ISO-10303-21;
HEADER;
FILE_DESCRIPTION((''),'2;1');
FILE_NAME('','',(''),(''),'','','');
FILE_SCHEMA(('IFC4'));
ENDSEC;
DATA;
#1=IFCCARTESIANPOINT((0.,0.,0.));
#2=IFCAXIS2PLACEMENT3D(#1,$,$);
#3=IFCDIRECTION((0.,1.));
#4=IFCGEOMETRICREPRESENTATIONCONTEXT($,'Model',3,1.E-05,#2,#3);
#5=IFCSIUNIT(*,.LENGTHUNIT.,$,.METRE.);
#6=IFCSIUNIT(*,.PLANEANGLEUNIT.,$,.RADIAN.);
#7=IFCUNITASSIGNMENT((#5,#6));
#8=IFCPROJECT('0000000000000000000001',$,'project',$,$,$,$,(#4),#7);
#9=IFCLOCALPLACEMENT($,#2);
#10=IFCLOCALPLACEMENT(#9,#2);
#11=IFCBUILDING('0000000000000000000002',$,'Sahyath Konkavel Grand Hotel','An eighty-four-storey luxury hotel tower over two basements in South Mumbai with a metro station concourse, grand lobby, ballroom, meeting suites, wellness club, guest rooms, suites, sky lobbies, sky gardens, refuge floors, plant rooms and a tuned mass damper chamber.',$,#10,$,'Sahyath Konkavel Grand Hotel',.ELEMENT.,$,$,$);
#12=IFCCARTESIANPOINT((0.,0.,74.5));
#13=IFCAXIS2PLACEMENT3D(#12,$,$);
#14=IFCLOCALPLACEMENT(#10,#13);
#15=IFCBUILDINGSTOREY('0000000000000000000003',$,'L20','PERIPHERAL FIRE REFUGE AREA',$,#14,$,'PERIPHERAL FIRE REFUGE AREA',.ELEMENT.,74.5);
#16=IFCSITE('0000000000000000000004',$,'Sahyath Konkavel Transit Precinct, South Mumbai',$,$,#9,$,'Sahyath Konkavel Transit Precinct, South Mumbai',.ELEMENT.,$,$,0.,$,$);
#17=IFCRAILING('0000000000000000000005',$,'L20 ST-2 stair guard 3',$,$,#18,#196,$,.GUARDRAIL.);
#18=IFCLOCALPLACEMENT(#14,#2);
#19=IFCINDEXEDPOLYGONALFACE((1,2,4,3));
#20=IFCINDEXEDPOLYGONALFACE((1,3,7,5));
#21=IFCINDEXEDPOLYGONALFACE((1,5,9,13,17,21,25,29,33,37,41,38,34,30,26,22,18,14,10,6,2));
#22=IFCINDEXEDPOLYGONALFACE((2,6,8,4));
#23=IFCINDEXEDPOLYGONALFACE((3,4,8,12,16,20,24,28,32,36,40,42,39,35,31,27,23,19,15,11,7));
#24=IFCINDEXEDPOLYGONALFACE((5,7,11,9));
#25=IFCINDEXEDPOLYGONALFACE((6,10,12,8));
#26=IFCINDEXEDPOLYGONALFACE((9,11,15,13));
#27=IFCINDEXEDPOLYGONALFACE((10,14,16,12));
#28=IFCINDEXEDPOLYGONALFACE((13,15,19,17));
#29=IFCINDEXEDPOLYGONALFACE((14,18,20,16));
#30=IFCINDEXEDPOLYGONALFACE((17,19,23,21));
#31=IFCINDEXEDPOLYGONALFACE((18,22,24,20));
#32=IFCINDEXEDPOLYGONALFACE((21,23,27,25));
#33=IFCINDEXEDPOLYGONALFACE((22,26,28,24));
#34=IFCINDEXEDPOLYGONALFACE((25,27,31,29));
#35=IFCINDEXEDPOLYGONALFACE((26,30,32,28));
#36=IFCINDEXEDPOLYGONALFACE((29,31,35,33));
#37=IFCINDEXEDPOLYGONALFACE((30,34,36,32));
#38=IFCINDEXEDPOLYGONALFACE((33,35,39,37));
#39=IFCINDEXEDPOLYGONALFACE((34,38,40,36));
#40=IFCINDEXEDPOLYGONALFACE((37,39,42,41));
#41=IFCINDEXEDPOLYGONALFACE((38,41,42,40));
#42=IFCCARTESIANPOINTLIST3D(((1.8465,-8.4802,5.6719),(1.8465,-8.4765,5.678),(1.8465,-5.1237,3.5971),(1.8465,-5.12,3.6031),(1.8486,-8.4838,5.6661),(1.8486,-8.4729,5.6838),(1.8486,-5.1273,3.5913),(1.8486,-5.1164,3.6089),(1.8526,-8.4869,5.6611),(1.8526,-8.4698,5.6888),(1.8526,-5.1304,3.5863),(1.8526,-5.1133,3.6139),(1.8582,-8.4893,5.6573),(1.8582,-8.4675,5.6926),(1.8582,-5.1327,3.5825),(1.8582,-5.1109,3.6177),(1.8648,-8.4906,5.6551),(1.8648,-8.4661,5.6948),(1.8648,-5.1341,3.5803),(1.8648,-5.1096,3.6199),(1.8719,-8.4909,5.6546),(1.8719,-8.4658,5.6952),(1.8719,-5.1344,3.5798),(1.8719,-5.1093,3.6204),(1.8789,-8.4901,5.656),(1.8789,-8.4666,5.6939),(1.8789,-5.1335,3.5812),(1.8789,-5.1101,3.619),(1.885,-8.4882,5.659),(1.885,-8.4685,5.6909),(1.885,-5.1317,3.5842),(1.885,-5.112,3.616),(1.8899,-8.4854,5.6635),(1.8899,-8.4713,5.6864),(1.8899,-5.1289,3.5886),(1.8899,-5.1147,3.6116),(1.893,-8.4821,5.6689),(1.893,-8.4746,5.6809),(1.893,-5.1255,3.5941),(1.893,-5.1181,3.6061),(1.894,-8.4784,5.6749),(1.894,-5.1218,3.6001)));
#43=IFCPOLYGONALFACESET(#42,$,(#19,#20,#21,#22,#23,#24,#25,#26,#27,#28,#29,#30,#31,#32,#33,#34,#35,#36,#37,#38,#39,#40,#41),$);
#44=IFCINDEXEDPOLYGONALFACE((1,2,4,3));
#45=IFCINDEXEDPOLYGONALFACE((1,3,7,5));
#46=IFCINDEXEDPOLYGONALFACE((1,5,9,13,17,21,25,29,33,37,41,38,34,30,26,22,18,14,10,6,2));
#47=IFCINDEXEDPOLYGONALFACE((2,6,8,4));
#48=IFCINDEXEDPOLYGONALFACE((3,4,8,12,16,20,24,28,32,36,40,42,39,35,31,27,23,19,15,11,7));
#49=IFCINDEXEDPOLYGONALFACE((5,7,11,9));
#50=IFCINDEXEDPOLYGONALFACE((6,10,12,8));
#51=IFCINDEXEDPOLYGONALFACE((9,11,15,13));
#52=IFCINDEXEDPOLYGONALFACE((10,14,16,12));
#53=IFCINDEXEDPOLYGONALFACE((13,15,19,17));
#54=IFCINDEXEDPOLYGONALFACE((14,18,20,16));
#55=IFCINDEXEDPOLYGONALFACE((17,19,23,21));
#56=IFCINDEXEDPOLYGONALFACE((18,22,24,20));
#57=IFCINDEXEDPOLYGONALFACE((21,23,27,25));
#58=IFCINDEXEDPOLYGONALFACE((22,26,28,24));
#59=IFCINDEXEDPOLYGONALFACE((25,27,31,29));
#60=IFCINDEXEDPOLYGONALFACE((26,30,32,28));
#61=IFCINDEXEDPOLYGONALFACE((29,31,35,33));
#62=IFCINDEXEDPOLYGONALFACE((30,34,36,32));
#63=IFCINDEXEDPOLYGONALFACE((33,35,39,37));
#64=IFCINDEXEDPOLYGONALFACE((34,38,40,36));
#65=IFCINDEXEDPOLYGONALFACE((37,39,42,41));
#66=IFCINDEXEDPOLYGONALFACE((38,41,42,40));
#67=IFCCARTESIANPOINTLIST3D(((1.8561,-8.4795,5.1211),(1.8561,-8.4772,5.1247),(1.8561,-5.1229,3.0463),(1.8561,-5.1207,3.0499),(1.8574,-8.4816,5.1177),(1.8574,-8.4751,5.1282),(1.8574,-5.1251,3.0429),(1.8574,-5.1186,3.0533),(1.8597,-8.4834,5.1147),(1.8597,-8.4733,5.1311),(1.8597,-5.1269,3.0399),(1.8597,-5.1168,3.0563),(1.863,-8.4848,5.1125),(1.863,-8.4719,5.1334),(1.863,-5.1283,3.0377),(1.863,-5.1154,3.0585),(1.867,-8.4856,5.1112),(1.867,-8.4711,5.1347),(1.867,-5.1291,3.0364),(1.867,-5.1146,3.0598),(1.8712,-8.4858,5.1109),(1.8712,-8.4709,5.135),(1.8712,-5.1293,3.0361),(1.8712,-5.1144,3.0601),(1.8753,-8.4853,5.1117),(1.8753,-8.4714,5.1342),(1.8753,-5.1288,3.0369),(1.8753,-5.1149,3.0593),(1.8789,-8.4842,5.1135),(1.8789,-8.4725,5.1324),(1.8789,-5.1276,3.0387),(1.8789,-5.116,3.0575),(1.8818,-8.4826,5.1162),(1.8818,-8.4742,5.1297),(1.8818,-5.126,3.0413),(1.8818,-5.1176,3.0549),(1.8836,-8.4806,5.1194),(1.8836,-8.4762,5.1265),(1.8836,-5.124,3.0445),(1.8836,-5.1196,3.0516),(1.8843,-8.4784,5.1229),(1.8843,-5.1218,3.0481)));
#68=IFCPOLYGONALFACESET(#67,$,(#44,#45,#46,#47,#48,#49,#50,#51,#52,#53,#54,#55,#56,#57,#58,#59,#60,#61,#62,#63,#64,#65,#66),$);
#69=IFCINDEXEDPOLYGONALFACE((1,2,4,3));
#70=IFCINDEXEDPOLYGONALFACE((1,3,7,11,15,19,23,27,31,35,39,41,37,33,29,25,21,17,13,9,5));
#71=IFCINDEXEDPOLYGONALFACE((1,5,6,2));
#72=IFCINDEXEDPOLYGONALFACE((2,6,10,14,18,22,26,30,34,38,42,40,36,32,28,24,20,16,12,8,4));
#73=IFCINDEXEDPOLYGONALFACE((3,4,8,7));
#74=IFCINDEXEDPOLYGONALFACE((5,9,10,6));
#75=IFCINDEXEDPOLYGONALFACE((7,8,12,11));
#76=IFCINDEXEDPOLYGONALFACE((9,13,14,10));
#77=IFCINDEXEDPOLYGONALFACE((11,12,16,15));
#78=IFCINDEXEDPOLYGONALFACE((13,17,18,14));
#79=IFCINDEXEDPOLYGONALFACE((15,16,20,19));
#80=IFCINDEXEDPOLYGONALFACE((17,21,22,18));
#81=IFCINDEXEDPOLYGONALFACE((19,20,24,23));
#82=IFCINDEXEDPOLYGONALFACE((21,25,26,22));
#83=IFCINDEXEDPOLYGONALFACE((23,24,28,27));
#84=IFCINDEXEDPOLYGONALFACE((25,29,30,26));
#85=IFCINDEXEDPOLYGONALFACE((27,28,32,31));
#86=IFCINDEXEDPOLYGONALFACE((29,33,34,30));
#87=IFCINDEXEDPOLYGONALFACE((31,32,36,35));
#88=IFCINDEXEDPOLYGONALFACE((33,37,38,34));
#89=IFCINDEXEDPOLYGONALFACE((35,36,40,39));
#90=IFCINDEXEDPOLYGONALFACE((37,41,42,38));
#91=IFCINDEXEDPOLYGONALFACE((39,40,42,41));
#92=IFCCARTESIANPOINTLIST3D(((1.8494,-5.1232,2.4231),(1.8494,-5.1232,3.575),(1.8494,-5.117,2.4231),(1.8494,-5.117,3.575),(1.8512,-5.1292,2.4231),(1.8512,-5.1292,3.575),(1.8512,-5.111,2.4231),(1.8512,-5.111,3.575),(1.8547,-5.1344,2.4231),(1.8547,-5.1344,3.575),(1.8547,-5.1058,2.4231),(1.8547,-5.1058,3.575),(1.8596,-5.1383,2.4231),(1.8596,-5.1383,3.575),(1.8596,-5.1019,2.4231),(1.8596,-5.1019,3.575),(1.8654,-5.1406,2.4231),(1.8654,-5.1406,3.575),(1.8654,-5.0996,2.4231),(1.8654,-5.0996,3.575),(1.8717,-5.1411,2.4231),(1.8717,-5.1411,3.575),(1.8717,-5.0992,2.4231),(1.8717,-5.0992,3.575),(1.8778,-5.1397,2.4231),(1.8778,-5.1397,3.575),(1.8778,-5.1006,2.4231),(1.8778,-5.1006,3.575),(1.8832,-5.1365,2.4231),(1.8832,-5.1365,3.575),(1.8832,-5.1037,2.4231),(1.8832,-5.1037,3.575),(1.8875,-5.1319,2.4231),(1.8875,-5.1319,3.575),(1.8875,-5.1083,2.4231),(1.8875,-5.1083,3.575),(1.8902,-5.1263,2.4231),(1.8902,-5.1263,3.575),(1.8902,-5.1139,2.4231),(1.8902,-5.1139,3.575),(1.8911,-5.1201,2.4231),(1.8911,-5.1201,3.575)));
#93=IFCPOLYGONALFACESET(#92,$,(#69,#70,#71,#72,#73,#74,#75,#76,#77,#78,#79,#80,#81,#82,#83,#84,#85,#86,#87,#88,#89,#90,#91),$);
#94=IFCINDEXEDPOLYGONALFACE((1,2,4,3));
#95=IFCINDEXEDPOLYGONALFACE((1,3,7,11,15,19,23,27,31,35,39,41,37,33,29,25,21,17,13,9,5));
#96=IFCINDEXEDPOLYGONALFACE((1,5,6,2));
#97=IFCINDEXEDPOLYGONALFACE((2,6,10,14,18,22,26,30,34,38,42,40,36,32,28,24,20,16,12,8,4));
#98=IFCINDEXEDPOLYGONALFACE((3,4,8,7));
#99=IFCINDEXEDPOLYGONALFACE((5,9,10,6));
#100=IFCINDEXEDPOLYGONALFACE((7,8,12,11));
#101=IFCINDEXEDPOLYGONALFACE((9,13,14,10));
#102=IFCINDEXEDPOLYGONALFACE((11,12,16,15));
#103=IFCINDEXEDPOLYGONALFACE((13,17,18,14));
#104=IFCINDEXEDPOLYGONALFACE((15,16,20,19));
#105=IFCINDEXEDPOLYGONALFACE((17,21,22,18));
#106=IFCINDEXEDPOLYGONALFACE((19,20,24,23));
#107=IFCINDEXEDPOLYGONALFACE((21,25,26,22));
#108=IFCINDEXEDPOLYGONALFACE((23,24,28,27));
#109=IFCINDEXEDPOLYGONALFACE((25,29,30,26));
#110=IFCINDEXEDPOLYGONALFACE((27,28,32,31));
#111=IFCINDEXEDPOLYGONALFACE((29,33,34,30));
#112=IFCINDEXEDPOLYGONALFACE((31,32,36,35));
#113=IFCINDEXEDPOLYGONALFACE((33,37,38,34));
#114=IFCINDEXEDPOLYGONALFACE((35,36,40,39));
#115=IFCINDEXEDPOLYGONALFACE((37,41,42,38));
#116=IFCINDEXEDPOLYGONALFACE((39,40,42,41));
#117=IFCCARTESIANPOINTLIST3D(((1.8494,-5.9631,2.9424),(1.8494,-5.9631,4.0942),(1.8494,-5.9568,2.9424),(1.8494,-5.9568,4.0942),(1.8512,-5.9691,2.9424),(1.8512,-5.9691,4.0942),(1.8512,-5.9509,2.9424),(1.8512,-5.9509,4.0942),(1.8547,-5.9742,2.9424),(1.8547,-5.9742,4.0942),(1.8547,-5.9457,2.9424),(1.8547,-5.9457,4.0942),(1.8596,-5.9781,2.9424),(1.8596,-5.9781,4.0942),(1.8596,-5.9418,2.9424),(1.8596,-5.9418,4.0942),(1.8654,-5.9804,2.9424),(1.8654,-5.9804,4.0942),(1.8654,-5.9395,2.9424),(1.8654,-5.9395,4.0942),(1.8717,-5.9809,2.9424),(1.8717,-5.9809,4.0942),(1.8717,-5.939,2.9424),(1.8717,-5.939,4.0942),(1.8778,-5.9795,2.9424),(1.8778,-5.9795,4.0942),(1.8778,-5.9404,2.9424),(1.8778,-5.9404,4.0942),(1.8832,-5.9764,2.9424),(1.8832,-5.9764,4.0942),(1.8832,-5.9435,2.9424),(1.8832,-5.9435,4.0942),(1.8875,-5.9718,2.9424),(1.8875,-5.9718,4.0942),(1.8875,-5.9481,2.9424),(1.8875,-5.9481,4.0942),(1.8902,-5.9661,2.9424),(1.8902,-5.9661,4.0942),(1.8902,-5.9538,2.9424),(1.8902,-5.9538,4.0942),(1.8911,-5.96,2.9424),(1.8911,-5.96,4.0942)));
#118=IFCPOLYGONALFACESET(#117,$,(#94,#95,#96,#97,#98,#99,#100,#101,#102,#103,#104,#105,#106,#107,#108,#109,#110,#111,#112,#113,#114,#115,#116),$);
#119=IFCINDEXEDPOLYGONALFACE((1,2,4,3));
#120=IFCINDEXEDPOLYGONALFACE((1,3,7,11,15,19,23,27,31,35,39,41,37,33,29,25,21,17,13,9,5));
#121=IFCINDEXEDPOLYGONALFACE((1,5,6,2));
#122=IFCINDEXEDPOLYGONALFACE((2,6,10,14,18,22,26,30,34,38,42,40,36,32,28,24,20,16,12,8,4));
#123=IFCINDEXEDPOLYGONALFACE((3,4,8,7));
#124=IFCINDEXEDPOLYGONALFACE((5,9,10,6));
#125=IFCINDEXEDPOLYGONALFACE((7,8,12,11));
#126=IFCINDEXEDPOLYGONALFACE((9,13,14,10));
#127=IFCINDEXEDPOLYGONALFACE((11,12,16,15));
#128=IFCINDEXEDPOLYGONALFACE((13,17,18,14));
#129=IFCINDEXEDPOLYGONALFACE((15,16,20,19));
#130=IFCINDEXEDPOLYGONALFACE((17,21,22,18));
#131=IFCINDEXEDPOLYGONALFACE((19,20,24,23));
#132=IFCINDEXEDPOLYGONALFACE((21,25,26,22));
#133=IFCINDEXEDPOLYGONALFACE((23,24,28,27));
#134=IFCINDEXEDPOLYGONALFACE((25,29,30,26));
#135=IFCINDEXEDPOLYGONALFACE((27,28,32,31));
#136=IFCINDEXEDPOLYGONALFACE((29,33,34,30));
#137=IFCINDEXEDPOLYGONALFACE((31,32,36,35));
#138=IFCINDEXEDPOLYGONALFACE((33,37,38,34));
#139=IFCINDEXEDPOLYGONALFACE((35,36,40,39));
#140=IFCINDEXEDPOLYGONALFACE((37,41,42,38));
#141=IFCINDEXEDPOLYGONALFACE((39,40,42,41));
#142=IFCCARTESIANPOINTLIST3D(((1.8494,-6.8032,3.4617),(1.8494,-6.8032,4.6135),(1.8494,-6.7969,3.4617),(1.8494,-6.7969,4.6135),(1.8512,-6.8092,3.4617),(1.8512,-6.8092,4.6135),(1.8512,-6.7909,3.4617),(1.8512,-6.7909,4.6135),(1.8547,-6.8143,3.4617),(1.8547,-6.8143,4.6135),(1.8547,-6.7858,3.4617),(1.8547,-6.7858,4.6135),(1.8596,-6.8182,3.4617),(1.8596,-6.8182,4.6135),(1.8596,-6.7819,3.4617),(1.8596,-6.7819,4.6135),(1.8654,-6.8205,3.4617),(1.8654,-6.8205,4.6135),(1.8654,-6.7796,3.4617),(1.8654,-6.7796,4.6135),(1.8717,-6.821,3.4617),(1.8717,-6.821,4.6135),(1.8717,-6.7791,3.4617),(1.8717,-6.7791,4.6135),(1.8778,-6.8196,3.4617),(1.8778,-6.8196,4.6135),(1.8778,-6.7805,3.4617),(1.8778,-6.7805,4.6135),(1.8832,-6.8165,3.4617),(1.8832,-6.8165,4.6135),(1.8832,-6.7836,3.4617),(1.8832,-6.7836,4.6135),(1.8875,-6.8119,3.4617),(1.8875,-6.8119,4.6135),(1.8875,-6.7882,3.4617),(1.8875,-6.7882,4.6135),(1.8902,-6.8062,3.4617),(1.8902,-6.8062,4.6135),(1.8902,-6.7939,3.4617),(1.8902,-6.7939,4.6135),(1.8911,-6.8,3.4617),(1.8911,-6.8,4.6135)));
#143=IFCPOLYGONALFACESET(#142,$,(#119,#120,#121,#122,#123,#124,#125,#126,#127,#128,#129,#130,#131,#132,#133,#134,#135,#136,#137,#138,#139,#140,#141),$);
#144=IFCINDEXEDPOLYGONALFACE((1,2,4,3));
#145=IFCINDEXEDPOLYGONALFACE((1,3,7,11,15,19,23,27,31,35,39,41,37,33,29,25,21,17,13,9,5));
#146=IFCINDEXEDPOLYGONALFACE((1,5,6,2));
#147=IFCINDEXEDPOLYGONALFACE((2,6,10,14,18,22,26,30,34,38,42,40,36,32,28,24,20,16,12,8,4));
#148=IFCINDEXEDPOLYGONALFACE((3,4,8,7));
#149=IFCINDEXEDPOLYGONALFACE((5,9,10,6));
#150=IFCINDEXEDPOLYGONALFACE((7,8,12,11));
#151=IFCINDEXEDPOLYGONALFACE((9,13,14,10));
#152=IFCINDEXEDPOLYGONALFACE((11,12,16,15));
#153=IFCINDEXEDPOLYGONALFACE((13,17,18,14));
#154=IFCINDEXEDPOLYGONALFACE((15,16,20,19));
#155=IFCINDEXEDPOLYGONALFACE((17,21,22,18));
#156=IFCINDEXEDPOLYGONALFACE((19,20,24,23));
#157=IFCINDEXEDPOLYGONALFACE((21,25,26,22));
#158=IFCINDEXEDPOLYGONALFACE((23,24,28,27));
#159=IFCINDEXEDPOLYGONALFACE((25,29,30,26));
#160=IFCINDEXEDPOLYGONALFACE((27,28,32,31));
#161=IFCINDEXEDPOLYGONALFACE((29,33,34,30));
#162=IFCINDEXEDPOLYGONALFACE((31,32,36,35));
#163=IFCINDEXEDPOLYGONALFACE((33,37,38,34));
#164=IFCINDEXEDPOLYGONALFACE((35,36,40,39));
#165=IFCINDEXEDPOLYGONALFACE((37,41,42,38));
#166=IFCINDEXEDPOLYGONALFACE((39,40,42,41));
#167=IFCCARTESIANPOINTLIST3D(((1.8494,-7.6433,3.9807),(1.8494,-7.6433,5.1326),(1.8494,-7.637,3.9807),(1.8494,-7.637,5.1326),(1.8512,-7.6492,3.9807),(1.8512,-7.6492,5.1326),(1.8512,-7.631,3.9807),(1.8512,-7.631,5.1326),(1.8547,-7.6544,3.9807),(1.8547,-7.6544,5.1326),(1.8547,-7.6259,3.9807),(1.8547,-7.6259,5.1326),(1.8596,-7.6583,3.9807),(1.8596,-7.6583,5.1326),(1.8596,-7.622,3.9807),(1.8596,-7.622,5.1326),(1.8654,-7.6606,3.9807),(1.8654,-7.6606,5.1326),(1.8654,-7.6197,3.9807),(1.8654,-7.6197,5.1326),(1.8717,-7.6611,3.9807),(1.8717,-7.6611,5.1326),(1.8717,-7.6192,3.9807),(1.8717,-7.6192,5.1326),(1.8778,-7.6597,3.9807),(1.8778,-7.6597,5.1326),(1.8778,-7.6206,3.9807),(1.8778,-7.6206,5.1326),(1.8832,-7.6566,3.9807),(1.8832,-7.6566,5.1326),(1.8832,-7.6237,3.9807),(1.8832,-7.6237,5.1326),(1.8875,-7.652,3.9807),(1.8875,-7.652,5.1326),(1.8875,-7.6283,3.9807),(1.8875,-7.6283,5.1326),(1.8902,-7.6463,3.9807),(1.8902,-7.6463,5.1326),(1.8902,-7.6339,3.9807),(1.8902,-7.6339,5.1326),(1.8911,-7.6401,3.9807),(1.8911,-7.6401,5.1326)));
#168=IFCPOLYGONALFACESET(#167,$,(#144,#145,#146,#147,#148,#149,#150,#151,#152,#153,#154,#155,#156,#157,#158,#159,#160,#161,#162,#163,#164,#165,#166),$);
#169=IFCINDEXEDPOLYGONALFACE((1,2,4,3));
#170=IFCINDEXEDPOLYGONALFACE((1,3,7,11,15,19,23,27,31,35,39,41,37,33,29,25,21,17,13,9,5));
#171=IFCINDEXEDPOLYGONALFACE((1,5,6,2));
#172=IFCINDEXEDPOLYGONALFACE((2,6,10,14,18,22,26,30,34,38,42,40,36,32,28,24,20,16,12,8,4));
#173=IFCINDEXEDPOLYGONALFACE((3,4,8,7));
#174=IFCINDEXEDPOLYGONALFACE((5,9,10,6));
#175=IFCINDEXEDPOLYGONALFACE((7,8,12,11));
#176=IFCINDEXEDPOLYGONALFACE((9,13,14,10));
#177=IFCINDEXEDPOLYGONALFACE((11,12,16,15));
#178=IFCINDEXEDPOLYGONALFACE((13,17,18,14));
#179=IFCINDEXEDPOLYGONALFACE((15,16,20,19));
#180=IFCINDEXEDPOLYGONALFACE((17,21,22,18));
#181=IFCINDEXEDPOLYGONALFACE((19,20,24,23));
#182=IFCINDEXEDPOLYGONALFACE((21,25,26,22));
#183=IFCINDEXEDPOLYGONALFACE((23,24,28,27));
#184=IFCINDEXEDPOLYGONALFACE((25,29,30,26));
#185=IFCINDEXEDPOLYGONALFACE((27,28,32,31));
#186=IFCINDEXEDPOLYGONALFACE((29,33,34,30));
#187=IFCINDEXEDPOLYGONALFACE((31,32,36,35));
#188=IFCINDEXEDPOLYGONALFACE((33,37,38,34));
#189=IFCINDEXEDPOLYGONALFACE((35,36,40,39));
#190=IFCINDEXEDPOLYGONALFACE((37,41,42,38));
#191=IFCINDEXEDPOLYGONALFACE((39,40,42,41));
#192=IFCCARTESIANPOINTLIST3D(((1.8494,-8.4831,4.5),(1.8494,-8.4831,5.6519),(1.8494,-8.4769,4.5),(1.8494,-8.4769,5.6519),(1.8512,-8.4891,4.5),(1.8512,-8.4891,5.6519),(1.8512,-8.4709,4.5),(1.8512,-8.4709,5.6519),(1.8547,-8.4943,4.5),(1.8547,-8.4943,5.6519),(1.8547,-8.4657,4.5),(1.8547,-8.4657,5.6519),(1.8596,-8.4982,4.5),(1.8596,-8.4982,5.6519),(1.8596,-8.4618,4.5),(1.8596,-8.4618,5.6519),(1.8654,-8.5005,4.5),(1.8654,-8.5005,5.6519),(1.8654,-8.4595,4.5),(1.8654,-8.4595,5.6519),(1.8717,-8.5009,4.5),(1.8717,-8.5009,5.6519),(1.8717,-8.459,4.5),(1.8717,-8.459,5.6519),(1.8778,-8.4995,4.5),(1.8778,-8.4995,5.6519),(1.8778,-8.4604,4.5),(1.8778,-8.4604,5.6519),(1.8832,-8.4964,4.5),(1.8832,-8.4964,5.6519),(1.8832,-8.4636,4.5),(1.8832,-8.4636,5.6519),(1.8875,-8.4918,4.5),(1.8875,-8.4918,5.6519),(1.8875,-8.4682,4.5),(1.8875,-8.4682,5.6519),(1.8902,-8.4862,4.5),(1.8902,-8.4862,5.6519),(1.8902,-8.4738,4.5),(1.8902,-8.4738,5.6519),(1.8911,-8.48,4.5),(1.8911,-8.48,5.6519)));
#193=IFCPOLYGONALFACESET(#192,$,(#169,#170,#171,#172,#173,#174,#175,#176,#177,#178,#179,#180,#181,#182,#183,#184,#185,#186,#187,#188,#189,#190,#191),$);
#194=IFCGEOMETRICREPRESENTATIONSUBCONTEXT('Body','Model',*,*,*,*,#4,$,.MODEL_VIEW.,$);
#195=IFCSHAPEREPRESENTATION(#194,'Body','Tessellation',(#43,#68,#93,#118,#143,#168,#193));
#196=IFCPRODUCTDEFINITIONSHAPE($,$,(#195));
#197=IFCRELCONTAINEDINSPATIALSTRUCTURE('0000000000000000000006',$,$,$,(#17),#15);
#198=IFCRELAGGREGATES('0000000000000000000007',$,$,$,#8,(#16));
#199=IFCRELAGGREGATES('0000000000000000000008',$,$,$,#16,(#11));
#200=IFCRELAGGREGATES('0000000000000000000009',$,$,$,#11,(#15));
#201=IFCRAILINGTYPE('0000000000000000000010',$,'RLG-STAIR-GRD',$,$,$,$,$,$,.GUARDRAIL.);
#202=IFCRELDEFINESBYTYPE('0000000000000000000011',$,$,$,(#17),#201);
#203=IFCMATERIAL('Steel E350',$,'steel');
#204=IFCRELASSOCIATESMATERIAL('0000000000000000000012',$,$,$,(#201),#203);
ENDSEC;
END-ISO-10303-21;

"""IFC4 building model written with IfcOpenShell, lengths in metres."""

from ifc_helpers import new_model, si_unit, direction, frame, origin, origin_2d, place, context, subcontext, project, spatial, circle, extrude, material, type_object, element, save


model = new_model("IFC4")

# Units and contexts
model_context = context("Model", 3, precision=1e-05, world=origin(), true_north=direction((0.0, 1.0)))
body_context = subcontext(model_context, "Body", "Model", "MODEL_VIEW")
ifc_project = project(units=[si_unit("LENGTHUNIT", "METRE"), si_unit("PLANEANGLEUNIT", "RADIAN")], contexts=[model_context])

# Site, building, storey
site_placement = place(None, origin())
site = spatial("IfcSite", under=ifc_project, at=site_placement, Name="Sahyath Konkavel Transit Precinct, South Mumbai", LongName="Sahyath Konkavel Transit Precinct, South Mumbai", CompositionType="ELEMENT", RefElevation=0.0)
building_placement = place(site_placement, origin())
building = spatial("IfcBuilding", under=site, at=building_placement, Name="Sahyath Konkavel Grand Hotel", Description="An eighty-four-storey luxury hotel tower over two basements in South Mumbai with a metro station concourse, grand lobby, ballroom, meeting suites, wellness club, guest rooms, suites, sky lobbies, sky gardens, refuge floors, plant rooms and a tuned mass damper chamber.", LongName="Sahyath Konkavel Grand Hotel", CompositionType="ELEMENT")
storey_placement = place(building_placement, frame((0.0, 0.0, 74.5)))
storey = spatial("IfcBuildingStorey", under=building, at=storey_placement, Name="L20", Description="PERIPHERAL FIRE REFUGE AREA", LongName="PERIPHERAL FIRE REFUGE AREA", CompositionType="ELEMENT", Elevation=74.5)

# Shared definitions
ifc_material_1 = material(Name="Steel E350", Category="steel")

# Railing
railing_type_1 = type_object("IfcRailingType", Name="RLG-STAIR-GRD", PredefinedType="GUARDRAIL", material=ifc_material_1)
railing_1_placement = place(storey_placement, frame((1.8701, -5.1201, 2.4231)))
element("IfcRailing", 1, at=railing_1_placement, inside=storey, type_object=railing_type_1, Name="L20 ST-2 stair guard 3", PredefinedType="GUARDRAIL", context=body_context, shape_type="SweptSolid", body=[
    extrude(circle(Radius=0.0239, at=origin_2d()), frame((0.0, -0.0017, 1.177), z_axis=(0.0, -0.850606, 0.525803), x_axis=(1.0, 0.0, 0.0)), (0.0, 0.0, 1.0), 3.946),
    extrude(circle(Radius=0.0142, at=origin_2d()), frame((0.0, -0.0017, 0.625), z_axis=(0.0, -0.850606, 0.525803), x_axis=(1.0, 0.0, 0.0)), (0.0, 0.0, 1.0), 3.946),
    extrude(circle(Radius=0.021, at=origin_2d()), origin(), (0.0, 0.0, 1.0), 1.1519),
    extrude(circle(Radius=0.021, at=origin_2d()), frame((0.0, -0.8398, 0.5193)), (0.0, 0.0, 1.0), 1.1519),
    extrude(circle(Radius=0.021, at=origin_2d()), frame((0.0, -1.6799, 1.0386)), (0.0, 0.0, 1.0), 1.1519),
    extrude(circle(Radius=0.021, at=origin_2d()), frame((0.0, -2.52, 1.5576)), (0.0, 0.0, 1.0), 1.1519),
    extrude(circle(Radius=0.021, at=origin_2d()), frame((0.0, -3.3599, 2.0769)), (0.0, 0.0, 1.0), 1.1519),
])

save(model, "model.ifc")
